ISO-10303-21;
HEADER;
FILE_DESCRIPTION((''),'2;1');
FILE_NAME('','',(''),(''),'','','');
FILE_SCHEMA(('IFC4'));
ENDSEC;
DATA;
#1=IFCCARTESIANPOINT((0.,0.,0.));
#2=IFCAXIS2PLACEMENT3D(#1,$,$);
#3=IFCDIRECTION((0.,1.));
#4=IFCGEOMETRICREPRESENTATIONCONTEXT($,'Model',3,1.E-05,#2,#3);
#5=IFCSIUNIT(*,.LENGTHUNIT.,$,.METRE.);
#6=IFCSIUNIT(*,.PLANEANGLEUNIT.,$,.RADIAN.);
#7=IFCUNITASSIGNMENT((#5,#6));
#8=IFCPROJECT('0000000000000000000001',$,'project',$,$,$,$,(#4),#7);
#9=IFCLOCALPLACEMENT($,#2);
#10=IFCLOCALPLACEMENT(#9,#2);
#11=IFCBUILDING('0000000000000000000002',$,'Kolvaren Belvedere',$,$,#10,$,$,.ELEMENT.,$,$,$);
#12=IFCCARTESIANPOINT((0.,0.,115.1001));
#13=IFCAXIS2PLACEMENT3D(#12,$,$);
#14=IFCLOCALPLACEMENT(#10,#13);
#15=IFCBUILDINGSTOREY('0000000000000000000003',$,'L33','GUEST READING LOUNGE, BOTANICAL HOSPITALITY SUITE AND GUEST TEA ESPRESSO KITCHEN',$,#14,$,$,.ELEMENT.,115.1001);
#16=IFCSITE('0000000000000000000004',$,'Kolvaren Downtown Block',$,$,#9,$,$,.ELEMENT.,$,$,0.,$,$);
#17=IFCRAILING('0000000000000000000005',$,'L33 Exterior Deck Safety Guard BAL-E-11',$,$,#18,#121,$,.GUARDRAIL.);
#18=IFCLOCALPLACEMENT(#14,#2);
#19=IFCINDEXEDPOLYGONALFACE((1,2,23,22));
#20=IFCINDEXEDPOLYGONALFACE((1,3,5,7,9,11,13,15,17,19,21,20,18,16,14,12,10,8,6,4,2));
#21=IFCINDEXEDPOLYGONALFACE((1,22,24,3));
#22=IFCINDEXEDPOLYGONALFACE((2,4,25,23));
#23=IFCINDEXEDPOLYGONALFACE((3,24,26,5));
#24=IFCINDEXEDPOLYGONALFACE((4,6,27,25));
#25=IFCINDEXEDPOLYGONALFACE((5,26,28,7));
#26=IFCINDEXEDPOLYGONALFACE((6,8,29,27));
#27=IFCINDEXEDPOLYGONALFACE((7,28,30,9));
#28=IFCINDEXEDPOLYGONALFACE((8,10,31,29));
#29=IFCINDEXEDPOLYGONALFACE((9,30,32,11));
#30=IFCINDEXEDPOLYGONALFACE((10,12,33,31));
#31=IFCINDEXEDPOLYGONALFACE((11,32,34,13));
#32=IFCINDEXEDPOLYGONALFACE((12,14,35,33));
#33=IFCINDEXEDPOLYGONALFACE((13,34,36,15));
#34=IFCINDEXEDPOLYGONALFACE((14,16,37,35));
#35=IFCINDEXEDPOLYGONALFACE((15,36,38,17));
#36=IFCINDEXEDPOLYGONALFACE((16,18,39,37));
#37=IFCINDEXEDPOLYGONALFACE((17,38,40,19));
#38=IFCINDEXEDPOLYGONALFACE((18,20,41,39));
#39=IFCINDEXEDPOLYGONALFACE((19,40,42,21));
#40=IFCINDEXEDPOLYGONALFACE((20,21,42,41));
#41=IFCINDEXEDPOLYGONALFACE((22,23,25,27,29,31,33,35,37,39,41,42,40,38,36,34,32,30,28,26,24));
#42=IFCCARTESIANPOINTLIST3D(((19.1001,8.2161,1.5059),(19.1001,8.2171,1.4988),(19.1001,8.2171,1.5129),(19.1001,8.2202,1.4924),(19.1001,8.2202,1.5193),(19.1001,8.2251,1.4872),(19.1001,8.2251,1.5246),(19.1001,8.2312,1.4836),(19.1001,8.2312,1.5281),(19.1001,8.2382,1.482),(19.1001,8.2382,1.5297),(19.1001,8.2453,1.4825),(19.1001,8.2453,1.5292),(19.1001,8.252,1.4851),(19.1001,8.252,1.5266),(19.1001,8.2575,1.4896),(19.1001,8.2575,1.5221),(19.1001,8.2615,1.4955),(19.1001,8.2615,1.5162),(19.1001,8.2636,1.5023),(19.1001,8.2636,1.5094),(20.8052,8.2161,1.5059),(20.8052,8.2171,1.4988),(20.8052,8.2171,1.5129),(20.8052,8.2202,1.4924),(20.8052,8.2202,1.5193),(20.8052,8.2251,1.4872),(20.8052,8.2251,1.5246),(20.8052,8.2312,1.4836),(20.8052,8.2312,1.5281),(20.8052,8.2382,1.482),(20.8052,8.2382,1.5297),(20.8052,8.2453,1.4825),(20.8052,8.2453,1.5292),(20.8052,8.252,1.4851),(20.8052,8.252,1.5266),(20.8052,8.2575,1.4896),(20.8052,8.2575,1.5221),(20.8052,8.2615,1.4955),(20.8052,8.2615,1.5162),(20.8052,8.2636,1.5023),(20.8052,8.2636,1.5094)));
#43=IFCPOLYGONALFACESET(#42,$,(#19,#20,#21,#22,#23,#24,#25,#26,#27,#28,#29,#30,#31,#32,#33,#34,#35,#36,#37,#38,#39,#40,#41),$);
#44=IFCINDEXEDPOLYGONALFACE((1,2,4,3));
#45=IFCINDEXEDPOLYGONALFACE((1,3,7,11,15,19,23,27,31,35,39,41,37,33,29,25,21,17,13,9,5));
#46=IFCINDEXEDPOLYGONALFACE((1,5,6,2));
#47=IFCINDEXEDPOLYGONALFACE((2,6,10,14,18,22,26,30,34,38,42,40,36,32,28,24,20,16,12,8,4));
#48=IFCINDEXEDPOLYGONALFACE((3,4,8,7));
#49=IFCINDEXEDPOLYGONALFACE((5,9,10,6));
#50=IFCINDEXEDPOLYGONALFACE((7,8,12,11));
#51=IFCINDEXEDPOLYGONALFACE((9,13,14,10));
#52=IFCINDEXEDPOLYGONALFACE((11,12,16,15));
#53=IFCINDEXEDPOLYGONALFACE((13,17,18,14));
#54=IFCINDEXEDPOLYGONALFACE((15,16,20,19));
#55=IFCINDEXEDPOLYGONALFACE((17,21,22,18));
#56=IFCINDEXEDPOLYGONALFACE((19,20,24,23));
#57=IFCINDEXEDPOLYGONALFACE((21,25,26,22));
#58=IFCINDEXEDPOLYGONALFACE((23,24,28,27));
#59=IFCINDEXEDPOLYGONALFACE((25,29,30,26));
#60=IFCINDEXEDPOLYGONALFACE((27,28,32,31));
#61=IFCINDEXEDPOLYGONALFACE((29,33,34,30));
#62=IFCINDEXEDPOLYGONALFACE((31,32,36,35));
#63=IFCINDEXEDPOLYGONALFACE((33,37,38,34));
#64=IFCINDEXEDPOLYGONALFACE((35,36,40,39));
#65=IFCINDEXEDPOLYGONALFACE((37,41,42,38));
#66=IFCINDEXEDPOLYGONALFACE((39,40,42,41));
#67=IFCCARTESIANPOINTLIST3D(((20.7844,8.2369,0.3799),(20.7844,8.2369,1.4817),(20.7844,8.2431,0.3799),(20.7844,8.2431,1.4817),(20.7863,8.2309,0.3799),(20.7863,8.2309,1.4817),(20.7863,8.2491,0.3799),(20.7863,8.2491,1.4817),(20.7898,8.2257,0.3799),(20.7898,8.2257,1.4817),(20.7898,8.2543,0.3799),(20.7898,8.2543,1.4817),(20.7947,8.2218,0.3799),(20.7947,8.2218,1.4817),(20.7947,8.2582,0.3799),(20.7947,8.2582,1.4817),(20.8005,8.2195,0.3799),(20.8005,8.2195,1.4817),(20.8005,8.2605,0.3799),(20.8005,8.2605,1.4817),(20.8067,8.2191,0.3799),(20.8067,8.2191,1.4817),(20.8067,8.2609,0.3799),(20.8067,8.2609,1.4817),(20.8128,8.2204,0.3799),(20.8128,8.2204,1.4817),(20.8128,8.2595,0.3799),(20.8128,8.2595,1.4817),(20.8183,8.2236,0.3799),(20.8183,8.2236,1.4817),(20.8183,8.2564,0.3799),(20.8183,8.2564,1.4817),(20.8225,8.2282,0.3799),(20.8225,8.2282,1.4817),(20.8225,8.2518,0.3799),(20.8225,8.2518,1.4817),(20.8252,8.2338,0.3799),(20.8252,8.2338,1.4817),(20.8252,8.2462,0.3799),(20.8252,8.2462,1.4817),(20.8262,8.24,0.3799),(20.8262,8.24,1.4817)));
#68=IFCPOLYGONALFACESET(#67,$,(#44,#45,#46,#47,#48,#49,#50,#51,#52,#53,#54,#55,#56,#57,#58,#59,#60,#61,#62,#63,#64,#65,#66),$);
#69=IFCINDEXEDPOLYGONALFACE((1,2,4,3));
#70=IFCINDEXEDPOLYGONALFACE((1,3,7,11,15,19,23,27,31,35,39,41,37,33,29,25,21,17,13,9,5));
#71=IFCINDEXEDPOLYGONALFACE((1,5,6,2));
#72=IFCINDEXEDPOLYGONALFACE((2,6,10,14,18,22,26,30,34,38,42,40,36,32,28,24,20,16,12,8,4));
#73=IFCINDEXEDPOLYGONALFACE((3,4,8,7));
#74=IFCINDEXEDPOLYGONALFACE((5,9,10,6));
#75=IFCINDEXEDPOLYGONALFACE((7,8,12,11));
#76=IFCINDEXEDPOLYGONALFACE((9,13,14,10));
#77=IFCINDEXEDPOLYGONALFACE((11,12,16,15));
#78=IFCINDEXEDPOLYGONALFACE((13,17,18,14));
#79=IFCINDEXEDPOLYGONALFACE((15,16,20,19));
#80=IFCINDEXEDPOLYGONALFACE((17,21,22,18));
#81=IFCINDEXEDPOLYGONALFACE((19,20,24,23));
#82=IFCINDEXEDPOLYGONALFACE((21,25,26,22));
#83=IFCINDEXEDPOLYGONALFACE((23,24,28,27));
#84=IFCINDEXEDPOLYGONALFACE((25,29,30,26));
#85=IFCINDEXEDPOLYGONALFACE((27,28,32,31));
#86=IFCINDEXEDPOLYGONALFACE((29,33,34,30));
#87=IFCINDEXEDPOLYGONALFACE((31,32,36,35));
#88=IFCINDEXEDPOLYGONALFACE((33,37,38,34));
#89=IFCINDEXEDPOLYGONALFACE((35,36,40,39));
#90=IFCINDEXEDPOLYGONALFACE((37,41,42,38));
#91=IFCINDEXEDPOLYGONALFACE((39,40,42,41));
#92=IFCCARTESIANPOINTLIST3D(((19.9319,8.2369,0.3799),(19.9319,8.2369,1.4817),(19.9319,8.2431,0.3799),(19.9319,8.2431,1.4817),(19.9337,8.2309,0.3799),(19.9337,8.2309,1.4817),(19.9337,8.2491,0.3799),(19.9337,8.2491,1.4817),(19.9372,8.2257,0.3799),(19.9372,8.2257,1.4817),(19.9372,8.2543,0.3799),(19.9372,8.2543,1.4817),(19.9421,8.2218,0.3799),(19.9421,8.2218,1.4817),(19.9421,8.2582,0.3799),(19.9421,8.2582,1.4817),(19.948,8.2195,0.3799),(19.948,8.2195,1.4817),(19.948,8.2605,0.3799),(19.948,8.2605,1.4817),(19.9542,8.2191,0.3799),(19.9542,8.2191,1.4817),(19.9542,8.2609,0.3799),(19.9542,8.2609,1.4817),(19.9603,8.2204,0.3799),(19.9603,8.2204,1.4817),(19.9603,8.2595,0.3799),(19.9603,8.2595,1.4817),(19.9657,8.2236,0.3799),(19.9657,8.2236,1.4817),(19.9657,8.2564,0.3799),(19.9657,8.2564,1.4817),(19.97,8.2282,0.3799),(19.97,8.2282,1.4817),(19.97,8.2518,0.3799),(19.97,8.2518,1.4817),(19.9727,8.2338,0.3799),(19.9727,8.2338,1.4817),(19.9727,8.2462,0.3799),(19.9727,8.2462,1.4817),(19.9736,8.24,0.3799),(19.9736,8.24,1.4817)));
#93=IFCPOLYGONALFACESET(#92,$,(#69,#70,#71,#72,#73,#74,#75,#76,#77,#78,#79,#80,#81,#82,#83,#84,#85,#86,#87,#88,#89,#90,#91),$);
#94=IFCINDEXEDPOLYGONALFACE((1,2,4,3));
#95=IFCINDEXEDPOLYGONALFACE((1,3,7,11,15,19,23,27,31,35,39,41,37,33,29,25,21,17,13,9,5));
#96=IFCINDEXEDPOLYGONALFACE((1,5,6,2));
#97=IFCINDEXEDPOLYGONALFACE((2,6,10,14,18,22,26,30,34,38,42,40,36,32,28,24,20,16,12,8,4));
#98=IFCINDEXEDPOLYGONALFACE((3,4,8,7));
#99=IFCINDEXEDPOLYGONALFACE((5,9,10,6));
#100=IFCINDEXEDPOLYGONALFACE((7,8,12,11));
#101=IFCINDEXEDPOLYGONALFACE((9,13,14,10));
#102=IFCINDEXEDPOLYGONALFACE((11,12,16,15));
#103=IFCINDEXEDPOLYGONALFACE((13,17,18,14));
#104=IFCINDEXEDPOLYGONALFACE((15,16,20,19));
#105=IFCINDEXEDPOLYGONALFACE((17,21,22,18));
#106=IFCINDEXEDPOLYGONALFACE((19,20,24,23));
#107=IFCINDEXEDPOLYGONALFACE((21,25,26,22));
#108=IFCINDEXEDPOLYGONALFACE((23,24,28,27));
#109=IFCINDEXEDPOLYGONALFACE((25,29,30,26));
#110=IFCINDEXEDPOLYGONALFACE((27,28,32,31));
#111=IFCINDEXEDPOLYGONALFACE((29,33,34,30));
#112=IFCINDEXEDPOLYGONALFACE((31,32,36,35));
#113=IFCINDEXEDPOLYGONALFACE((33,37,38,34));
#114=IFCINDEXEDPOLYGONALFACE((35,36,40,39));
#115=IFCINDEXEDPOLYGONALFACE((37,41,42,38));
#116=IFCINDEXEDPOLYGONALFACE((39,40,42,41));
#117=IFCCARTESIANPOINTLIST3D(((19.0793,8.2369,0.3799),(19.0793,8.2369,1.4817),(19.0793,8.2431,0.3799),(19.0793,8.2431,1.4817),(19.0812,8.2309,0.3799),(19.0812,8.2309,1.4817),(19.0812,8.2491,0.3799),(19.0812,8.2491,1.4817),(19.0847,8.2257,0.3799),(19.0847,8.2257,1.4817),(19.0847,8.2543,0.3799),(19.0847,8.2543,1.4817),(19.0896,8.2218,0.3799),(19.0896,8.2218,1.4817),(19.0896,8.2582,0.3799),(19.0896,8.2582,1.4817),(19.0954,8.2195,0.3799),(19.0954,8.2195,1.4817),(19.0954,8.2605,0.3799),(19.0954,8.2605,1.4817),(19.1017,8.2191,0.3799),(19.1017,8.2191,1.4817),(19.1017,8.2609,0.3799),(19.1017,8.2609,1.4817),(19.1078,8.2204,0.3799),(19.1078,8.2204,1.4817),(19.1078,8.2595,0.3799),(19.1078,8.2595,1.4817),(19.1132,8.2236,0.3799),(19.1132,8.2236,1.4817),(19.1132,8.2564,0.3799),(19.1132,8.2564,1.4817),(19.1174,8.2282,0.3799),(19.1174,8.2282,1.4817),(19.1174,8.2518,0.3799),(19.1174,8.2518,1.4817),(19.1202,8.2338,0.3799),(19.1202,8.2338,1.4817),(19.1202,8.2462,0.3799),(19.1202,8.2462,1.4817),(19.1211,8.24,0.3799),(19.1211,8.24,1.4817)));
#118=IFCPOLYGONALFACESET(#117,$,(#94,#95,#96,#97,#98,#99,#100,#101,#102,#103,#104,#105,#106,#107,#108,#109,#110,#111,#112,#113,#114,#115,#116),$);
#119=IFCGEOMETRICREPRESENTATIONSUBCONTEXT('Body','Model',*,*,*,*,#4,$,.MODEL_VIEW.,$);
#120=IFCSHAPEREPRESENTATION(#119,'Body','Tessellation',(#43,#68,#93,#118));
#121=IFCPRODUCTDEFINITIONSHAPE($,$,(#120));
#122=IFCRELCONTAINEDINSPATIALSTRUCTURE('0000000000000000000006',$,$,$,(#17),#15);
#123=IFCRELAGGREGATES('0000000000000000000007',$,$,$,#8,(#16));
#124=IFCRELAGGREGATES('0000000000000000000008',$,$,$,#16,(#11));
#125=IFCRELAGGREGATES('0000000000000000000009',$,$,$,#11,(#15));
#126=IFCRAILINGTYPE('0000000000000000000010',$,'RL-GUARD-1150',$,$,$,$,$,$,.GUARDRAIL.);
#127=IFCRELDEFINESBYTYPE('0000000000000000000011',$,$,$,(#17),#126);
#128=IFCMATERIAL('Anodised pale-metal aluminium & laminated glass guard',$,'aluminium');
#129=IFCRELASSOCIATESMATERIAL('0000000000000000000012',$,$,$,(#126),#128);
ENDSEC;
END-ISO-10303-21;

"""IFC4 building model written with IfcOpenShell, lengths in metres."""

from ifc_helpers import new_model, si_unit, direction, frame, origin, origin_2d, place, context, subcontext, project, spatial, circle, extrude, material, type_object, element, save


model = new_model("IFC4")

# Units and contexts
model_context = context("Model", 3, precision=1e-05, world=origin(), true_north=direction((0.0, 1.0)))
body_context = subcontext(model_context, "Body", "Model", "MODEL_VIEW")
ifc_project = project(units=[si_unit("LENGTHUNIT", "METRE"), si_unit("PLANEANGLEUNIT", "RADIAN")], contexts=[model_context])

# Site, building, storey
site_placement = place(None, origin())
site = spatial("IfcSite", under=ifc_project, at=site_placement, Name="Kolvaren Downtown Block", CompositionType="ELEMENT", RefElevation=0.0)
building_placement = place(site_placement, origin())
building = spatial("IfcBuilding", under=site, at=building_placement, Name="Kolvaren Belvedere", CompositionType="ELEMENT")
storey_placement = place(building_placement, frame((0.0, 0.0, 115.1001)))
storey = spatial("IfcBuildingStorey", under=building, at=storey_placement, Name="L33", Description="GUEST READING LOUNGE, BOTANICAL HOSPITALITY SUITE AND GUEST TEA ESPRESSO KITCHEN", CompositionType="ELEMENT", Elevation=115.1001)

# Railing
ifc_material_1 = material(Name="Anodised pale-metal aluminium & laminated glass guard", Category="aluminium")
railing_type = type_object("IfcRailingType", Name="RL-GUARD-1150", PredefinedType="GUARDRAIL", material=ifc_material_1)
railing_1_placement = place(storey_placement, frame((20.8052, 8.24, 0.3799)))
element("IfcRailing", 1, at=railing_1_placement, inside=storey, type_object=railing_type, Name="L33 Exterior Deck Safety Guard BAL-E-11", PredefinedType="GUARDRAIL", context=body_context, shape_type="SweptSolid", body=[
    extrude(circle(Radius=0.0239, at=origin_2d()), frame((0.0, 0.0, 1.126), z_axis=(-1.0, 0.0, 0.0), x_axis=(0.0, -1.0, 0.0)), (0.0, 0.0, 1.0), 1.7051),
    extrude(circle(Radius=0.021, at=origin_2d()), origin(), (0.0, 0.0, 1.0), 1.1018),
    extrude(circle(Radius=0.021, at=origin_2d()), frame((-0.8525, 0.0, 0.0)), (0.0, 0.0, 1.0), 1.1018),
    extrude(circle(Radius=0.021, at=origin_2d()), frame((-1.7051, 0.0, 0.0)), (0.0, 0.0, 1.0), 1.1018),
])

save(model, "model.ifc")
